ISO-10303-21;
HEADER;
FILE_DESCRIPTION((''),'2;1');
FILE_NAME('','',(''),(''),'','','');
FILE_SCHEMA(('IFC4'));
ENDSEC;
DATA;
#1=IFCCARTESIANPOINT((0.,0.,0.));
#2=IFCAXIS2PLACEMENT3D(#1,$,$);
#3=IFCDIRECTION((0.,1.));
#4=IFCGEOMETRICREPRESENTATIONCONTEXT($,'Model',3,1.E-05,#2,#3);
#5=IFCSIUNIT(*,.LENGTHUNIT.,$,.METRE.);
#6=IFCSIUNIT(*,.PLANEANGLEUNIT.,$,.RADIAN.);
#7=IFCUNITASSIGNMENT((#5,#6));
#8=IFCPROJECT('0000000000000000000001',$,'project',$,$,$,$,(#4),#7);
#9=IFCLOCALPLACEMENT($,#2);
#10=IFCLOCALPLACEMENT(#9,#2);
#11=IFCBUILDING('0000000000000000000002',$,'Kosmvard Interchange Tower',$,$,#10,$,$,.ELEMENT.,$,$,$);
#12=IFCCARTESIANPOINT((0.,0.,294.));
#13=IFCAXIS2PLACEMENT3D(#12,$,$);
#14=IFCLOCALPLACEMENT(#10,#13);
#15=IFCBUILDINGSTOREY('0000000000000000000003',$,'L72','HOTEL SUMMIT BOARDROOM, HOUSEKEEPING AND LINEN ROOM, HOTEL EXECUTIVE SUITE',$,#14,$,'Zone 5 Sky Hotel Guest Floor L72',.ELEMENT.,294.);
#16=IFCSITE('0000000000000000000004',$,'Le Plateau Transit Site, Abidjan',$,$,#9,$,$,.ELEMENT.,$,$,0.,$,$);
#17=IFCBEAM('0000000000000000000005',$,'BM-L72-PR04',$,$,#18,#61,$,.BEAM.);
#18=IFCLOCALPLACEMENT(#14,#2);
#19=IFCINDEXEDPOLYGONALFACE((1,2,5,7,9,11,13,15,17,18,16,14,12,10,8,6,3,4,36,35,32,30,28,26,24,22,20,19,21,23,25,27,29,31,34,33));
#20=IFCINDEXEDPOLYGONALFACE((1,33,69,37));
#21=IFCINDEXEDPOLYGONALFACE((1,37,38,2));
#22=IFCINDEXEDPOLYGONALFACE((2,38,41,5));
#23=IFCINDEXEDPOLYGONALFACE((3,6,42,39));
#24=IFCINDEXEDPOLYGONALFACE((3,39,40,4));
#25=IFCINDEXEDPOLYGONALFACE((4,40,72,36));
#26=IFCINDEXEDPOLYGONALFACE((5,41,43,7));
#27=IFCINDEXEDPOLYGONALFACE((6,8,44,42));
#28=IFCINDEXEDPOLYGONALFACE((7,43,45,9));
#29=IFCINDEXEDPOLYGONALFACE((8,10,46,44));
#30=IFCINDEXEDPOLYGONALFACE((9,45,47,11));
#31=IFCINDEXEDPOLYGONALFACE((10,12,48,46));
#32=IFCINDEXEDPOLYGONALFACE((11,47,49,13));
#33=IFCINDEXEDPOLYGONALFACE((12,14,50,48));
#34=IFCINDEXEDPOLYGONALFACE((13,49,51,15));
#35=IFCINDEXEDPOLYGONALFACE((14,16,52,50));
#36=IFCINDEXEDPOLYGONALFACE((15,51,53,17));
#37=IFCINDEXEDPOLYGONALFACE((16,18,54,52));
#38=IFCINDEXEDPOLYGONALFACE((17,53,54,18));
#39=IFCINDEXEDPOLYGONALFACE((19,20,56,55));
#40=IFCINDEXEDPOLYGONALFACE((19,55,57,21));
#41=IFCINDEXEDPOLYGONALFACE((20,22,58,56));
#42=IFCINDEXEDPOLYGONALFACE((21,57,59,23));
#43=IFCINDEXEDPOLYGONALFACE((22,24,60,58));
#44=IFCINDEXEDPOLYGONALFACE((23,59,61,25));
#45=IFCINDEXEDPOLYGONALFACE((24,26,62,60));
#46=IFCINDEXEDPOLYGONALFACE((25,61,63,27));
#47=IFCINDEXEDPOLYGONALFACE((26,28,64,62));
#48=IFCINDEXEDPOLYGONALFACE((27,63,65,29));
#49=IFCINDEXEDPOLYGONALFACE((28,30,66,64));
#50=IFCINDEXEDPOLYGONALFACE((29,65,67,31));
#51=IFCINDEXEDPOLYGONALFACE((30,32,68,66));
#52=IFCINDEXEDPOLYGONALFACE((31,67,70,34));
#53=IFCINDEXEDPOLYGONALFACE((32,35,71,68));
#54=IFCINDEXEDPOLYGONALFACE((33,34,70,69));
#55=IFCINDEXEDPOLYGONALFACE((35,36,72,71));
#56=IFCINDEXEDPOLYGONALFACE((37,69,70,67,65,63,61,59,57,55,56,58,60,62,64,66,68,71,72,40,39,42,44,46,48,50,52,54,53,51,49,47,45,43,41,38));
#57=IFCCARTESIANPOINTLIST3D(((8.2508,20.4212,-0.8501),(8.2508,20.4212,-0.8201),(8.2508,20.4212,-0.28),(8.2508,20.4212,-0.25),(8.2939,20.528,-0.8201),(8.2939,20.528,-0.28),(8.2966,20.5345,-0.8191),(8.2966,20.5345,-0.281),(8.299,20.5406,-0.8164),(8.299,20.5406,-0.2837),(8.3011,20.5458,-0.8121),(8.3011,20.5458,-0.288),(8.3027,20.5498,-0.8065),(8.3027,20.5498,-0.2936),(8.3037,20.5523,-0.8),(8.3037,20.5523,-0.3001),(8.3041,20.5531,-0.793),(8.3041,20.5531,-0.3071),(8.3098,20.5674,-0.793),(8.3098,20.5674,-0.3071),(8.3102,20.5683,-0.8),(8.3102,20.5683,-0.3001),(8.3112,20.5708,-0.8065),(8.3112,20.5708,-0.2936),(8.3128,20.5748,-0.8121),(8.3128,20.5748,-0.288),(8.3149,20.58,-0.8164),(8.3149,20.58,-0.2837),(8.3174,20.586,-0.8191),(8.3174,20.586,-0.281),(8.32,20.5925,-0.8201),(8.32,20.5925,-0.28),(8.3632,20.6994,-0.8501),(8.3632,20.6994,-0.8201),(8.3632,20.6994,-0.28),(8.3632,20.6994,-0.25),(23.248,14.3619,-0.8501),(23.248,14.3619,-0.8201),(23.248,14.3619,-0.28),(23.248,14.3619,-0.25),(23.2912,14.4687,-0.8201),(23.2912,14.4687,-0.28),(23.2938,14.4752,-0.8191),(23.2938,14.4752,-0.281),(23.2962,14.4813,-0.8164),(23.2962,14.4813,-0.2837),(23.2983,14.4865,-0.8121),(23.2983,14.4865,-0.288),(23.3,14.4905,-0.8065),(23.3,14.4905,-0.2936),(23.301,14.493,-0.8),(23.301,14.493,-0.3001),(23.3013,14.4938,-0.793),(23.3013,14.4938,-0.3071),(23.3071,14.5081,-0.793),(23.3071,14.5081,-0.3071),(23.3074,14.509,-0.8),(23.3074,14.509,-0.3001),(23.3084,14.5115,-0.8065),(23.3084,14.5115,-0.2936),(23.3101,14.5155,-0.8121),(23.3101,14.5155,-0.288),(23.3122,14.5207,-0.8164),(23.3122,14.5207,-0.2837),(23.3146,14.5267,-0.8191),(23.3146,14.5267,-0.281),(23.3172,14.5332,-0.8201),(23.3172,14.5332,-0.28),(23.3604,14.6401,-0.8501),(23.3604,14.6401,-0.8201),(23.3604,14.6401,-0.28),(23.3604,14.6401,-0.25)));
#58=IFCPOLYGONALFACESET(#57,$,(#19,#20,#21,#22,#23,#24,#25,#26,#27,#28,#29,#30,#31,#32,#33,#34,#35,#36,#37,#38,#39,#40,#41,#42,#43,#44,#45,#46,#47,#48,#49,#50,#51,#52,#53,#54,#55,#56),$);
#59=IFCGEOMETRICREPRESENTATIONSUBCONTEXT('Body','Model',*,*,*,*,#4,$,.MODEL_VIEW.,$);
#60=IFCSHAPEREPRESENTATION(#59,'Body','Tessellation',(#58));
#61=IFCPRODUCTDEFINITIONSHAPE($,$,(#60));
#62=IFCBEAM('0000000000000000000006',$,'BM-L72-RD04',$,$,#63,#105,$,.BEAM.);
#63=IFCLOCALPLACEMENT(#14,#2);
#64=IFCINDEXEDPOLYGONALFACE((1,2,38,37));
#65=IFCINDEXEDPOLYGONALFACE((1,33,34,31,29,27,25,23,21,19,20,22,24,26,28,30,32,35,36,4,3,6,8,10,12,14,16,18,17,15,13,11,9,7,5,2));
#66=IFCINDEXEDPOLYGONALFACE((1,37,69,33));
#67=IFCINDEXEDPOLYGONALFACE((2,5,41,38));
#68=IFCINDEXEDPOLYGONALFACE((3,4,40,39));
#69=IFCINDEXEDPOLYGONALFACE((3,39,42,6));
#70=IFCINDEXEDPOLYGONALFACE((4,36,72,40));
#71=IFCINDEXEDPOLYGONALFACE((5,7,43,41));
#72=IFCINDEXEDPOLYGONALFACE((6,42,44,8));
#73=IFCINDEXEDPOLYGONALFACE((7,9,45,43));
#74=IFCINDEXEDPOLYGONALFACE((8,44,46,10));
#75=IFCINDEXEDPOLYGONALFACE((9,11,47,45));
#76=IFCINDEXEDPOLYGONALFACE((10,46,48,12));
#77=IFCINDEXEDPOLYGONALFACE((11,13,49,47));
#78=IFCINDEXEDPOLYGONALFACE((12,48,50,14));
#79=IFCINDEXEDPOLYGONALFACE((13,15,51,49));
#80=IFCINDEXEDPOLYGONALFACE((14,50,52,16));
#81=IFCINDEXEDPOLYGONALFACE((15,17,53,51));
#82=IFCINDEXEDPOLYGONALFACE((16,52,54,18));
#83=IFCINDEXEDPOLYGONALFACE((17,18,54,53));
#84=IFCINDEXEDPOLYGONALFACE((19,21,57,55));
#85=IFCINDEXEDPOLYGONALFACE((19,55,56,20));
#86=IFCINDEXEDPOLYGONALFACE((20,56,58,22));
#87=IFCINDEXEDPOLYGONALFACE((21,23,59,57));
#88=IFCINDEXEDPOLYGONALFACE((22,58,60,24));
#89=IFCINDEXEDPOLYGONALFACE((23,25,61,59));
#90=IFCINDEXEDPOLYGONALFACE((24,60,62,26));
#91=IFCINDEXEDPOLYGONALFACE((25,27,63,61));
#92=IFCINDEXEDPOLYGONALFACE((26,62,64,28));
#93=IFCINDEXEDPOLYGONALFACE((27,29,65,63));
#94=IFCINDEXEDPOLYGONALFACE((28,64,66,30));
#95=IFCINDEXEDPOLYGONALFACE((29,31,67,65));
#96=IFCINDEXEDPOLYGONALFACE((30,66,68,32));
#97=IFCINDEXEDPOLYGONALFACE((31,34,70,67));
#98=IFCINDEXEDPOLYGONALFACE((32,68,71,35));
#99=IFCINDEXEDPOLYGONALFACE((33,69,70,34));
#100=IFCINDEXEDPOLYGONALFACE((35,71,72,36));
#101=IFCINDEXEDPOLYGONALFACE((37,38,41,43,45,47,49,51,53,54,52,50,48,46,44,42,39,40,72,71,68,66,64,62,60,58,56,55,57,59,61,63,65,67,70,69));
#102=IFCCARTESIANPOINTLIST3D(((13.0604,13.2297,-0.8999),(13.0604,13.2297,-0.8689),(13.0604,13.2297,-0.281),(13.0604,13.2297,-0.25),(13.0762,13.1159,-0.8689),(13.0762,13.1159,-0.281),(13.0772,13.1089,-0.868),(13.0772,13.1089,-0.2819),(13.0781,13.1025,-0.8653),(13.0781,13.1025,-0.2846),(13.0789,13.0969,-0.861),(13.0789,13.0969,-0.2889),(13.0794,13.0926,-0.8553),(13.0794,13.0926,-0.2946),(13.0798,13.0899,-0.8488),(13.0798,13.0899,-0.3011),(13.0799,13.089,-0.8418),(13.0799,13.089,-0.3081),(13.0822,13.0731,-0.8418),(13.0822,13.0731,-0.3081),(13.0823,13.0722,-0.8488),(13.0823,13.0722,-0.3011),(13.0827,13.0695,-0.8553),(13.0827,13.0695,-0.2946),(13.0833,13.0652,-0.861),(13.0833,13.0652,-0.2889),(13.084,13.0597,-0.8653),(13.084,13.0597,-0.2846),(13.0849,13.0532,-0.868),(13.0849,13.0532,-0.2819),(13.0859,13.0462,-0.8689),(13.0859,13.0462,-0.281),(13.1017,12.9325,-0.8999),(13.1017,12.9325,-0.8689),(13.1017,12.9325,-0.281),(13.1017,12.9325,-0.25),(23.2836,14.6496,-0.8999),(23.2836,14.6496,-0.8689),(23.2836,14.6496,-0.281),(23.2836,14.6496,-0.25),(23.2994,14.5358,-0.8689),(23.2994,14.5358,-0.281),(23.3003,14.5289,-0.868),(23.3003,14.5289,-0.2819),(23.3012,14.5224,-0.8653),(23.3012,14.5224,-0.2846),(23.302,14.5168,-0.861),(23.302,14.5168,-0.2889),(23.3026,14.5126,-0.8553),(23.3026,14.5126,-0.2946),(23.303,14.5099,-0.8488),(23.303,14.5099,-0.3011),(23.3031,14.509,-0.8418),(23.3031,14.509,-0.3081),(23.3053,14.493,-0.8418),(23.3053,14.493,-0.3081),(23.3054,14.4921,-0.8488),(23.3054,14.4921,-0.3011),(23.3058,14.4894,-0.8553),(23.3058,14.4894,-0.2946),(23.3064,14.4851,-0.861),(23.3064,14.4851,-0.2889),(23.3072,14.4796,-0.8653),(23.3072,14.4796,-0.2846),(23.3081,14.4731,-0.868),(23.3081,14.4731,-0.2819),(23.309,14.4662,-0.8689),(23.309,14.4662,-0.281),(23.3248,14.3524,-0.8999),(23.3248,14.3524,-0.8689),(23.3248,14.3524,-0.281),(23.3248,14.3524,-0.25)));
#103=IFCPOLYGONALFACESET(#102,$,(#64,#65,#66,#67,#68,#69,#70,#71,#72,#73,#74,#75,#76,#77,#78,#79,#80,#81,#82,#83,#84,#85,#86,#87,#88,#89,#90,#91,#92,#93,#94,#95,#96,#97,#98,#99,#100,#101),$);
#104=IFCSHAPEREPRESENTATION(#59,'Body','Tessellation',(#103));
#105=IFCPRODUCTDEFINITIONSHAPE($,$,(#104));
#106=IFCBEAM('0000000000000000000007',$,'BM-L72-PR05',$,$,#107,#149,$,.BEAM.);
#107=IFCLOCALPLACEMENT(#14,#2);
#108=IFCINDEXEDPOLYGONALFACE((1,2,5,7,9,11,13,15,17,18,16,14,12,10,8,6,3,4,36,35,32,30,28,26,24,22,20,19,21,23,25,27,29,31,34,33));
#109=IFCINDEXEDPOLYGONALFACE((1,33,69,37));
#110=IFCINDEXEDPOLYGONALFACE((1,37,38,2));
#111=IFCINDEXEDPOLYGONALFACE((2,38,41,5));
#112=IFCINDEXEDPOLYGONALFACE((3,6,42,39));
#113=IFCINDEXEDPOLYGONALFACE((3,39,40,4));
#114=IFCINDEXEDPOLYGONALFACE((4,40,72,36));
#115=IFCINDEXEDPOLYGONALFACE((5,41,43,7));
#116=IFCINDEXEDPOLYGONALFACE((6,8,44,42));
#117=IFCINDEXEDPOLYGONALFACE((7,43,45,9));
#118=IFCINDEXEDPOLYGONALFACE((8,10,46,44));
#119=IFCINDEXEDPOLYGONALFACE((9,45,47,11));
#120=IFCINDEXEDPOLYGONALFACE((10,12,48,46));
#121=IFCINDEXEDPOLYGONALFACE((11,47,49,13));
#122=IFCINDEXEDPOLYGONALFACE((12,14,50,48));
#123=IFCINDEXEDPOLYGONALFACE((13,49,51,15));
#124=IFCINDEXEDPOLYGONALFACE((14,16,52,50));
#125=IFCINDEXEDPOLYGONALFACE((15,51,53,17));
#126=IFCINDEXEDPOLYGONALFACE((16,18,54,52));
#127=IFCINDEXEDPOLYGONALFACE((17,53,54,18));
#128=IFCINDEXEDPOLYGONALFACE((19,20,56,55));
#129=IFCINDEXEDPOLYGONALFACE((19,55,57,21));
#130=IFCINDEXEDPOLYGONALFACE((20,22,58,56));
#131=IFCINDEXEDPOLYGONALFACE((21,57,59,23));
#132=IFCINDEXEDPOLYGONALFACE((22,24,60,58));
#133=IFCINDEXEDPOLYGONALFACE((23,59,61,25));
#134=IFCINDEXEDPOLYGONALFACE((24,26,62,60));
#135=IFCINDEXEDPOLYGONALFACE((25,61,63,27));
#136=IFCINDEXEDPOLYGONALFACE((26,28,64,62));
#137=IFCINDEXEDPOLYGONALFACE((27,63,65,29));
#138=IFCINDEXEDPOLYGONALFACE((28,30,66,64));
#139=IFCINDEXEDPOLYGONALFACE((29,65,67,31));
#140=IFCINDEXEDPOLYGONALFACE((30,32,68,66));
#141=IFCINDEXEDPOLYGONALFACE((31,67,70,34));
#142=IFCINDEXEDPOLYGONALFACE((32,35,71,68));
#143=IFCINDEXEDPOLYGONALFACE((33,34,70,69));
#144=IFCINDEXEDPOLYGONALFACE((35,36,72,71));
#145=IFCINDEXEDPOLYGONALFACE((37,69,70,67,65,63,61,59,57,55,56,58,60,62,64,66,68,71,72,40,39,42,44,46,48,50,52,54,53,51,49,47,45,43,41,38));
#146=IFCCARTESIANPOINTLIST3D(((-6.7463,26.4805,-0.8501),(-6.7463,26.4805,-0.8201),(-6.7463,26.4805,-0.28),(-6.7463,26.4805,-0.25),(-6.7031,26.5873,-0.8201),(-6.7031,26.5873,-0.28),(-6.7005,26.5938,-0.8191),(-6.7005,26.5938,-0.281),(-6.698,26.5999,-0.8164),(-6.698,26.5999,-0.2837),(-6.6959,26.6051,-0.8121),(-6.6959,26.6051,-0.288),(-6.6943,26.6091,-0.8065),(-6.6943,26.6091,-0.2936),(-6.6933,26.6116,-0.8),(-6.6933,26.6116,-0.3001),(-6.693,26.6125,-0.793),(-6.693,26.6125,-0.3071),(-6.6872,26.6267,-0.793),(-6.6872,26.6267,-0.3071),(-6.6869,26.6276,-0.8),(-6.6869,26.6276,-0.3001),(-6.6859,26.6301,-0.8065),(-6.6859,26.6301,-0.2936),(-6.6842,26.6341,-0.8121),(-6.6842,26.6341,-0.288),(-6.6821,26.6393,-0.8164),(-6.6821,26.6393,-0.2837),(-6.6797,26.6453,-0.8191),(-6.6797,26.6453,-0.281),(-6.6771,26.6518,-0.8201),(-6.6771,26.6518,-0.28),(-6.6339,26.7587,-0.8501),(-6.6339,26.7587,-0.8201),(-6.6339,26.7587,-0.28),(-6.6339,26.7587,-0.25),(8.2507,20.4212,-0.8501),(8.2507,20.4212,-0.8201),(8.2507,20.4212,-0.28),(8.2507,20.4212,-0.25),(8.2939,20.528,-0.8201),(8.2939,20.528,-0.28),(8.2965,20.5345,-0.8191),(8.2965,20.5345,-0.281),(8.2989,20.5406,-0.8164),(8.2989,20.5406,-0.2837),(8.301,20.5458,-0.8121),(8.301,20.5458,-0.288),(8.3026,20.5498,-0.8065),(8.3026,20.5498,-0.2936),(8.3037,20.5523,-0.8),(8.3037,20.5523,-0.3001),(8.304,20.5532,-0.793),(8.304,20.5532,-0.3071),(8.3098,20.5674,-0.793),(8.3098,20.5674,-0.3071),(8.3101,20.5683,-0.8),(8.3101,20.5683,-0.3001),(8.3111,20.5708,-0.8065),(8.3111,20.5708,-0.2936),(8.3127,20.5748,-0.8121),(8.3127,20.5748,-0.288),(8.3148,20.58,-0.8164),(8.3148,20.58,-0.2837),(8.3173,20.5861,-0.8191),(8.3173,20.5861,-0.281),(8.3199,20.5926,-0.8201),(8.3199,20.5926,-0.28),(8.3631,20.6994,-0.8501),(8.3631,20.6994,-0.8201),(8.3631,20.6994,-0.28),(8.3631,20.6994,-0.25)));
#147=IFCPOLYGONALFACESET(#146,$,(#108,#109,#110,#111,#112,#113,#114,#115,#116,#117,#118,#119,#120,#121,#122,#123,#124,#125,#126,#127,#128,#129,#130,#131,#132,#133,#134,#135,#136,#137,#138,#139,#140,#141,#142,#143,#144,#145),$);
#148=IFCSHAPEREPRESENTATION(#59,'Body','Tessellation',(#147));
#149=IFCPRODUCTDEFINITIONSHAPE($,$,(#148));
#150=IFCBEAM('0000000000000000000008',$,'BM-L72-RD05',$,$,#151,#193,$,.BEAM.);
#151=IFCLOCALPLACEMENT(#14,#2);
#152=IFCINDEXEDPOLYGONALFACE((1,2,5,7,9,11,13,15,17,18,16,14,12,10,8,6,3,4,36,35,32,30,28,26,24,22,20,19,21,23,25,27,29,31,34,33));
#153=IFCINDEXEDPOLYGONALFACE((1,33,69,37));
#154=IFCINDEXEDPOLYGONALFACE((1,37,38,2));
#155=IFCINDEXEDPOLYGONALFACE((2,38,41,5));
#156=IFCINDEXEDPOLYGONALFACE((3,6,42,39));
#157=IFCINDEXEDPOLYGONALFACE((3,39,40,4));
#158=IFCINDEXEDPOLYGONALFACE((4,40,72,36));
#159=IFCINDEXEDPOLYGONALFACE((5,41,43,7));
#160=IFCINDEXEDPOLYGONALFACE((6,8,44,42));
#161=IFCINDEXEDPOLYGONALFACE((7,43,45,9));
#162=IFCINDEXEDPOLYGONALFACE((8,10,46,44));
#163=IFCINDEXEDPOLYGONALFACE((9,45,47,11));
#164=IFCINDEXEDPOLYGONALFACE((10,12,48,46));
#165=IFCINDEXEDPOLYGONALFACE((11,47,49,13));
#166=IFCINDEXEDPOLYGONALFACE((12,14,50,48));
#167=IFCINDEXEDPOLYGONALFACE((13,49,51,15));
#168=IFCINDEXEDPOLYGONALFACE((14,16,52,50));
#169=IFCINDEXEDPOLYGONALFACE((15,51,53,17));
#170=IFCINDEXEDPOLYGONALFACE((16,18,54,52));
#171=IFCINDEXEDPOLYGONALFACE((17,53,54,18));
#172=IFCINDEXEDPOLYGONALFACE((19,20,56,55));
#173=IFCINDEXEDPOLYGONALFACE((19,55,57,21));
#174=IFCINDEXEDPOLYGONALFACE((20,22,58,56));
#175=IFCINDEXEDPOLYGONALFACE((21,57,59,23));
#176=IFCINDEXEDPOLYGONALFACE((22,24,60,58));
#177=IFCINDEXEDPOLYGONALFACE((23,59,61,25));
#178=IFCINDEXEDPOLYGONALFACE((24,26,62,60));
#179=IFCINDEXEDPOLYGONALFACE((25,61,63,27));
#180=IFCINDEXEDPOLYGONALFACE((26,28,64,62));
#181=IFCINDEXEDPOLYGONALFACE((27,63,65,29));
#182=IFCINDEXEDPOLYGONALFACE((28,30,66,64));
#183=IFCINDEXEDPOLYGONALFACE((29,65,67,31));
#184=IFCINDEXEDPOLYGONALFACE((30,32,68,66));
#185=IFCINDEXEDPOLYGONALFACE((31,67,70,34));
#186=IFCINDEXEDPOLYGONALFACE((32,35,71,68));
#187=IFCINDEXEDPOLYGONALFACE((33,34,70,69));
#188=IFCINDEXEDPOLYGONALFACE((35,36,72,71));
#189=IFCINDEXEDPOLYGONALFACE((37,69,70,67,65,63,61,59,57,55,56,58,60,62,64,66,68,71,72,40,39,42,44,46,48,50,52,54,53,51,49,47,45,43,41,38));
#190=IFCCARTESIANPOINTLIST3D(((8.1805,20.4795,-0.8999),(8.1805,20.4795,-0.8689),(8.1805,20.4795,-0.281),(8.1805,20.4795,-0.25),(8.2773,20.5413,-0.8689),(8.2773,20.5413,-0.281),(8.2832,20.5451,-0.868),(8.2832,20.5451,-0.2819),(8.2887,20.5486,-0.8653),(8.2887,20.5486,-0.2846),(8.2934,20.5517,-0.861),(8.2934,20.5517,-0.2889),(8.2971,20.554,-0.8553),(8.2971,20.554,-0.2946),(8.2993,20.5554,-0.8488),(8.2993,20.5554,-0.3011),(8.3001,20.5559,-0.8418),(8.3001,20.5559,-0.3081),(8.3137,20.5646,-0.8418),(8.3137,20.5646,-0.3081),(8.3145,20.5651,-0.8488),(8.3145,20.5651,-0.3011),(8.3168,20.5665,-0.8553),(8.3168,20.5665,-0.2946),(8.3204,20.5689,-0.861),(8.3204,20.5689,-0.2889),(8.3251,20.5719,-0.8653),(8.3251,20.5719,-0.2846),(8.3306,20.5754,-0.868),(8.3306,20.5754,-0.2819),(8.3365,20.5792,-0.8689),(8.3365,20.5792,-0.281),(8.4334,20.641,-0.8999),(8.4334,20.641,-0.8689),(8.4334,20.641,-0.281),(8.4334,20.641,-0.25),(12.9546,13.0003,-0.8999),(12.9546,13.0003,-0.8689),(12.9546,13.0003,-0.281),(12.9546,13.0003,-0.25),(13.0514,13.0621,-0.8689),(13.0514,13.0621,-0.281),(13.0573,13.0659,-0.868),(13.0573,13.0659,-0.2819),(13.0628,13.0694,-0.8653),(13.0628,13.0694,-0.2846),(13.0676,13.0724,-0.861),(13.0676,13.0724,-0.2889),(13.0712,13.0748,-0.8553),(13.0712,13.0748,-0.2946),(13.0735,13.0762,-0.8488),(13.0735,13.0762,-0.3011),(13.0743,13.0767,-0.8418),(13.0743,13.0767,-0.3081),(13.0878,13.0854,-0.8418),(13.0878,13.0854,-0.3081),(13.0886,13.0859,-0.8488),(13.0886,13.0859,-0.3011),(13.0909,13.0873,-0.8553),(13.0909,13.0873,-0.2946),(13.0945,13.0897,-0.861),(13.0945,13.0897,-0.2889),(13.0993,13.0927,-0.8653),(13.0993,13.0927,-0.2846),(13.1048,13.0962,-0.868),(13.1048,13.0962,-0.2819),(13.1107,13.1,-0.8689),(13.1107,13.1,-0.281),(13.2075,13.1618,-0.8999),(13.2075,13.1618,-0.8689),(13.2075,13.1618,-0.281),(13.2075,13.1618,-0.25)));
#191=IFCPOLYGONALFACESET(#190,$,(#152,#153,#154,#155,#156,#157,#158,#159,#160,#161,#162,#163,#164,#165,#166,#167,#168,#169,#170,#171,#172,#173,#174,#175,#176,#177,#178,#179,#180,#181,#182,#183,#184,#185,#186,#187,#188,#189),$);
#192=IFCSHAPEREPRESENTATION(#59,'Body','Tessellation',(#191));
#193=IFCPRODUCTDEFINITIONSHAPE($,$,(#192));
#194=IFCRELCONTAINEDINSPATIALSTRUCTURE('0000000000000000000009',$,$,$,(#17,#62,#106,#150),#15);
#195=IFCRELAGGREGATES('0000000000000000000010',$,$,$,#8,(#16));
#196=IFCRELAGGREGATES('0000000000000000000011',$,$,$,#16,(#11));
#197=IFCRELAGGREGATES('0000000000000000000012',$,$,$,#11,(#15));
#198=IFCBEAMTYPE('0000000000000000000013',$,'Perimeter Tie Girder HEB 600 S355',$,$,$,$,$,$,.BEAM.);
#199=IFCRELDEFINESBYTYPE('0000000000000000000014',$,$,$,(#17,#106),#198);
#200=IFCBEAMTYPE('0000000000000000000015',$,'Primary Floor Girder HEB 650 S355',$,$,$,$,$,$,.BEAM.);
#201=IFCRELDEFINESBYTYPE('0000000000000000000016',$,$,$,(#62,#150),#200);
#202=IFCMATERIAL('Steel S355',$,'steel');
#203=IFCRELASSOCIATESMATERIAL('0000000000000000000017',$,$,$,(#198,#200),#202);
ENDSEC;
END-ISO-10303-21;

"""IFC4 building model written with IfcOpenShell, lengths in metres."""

from ifc_helpers import new_model, si_unit, direction, frame, origin, origin_2d, place, context, subcontext, project, spatial, i_section, extrude, source, transform, mapped, material, material_profile, profile_set, type_object, element, save


model = new_model("IFC4")

# Units and contexts
model_context = context("Model", 3, precision=1e-05, world=origin(), true_north=direction((0.0, 1.0)))
body_context = subcontext(model_context, "Body", "Model", "MODEL_VIEW")
ifc_project = project(units=[si_unit("LENGTHUNIT", "METRE"), si_unit("PLANEANGLEUNIT", "RADIAN")], contexts=[model_context])

# Site, building, storey
site_placement = place(None, origin())
site = spatial("IfcSite", under=ifc_project, at=site_placement, Name="Le Plateau Transit Site, Abidjan", CompositionType="ELEMENT", RefElevation=0.0)
building_placement = place(site_placement, origin())
building = spatial("IfcBuilding", under=site, at=building_placement, Name="Kosmvard Interchange Tower", CompositionType="ELEMENT")
storey_placement = place(building_placement, frame((0.0, 0.0, 294.0)))
storey = spatial("IfcBuildingStorey", under=building, at=storey_placement, Name="L72", Description="HOTEL SUMMIT BOARDROOM, HOUSEKEEPING AND LINEN ROOM, HOTEL EXECUTIVE SUITE", LongName="Zone 5 Sky Hotel Guest Floor L72", CompositionType="ELEMENT", Elevation=294.0)

# Beams
ifc_material_1 = material(Name="Steel S355", Category="steel")
ifc_material_profile_1 = material_profile(ifc_material_1, i_section(OverallWidth=0.3, OverallDepth=0.6001, WebThickness=0.0154, FlangeThickness=0.03, FilletRadius=0.0271, at=origin_2d()), Name="HEB 600")
ifc_profile_set_1 = profile_set([ifc_material_profile_1], Name="Steel S355")
beam_type_1 = type_object("IfcBeamType", Name="Perimeter Tie Girder HEB 600 S355", PredefinedType="BEAM", material=ifc_profile_set_1)
shared_shape_1 = source(origin(), body_context, "Body", "SweptSolid", [
    extrude(i_section(OverallWidth=0.3, OverallDepth=0.6001, WebThickness=0.0154, FlangeThickness=0.03, FilletRadius=0.0271, at=origin_2d()), origin(), (0.0, 0.0, 1.0), 16.175),
])
beam_1_placement = place(storey_placement, frame((23.3042, 14.501, -0.55), z_axis=(-0.927183, 0.374608, 0.0), x_axis=(-0.374608, -0.927183, 0.0)))
element("IfcBeam", 1, at=beam_1_placement, inside=storey, type_object=beam_type_1, Name="BM-L72-PR04", PredefinedType="BEAM", context=body_context, shape_type="MappedRepresentation", body=[
    mapped(shared_shape_1, transform((0.0, 0.0, 0.0), scale=1.0)),
])
ifc_material_profile_2 = material_profile(ifc_material_1, i_section(OverallWidth=0.3, OverallDepth=0.6499, WebThickness=0.0161, FlangeThickness=0.031, FilletRadius=0.0271, at=origin_2d()), Name="HEB 650")
ifc_profile_set_2 = profile_set([ifc_material_profile_2], Name="Steel S355")
beam_type_2 = type_object("IfcBeamType", Name="Primary Floor Girder HEB 650 S355", PredefinedType="BEAM", material=ifc_profile_set_2)
shared_shape_2 = source(origin(), body_context, "Body", "SweptSolid", [
    extrude(i_section(OverallWidth=0.3, OverallDepth=0.6499, WebThickness=0.0161, FlangeThickness=0.031, FilletRadius=0.0271, at=origin_2d()), origin(), (0.0, 0.0, 1.0), 10.3213),
])
beam_2_placement = place(storey_placement, frame((13.0811, 13.0811, -0.575), z_axis=(0.990492, 0.137572, 0.0), x_axis=(-0.137572, 0.990492, 0.0)))
element("IfcBeam", 2, at=beam_2_placement, inside=storey, type_object=beam_type_2, Name="BM-L72-RD04", PredefinedType="BEAM", context=body_context, shape_type="MappedRepresentation", body=[
    mapped(shared_shape_2, transform((0.0, 0.0, 0.0), scale=1.0)),
])
shared_shape_3 = source(origin(), body_context, "Body", "SweptSolid", [
    extrude(i_section(OverallWidth=0.3, OverallDepth=0.6001, WebThickness=0.0154, FlangeThickness=0.03, FilletRadius=0.0271, at=origin_2d()), origin(), (0.0, 0.0, 1.0), 16.1748),
])
beam_3_placement = place(storey_placement, frame((8.3069, 20.5603, -0.55), z_axis=(-0.927181, 0.374613, 0.0), x_axis=(-0.374613, -0.927181, 0.0)))
element("IfcBeam", 3, at=beam_3_placement, inside=storey, type_object=beam_type_1, Name="BM-L72-PR05", PredefinedType="BEAM", context=body_context, shape_type="MappedRepresentation", body=[
    mapped(shared_shape_3, transform((0.0, 0.0, 0.0), scale=1.0)),
])
shared_shape_4 = source(origin(), body_context, "Body", "SweptSolid", [
    extrude(i_section(OverallWidth=0.3, OverallDepth=0.6499, WebThickness=0.0161, FlangeThickness=0.031, FilletRadius=0.0271, at=origin_2d()), origin(), (0.0, 0.0, 1.0), 8.873),
])
beam_4_placement = place(storey_placement, frame((13.0811, 13.0811, -0.575), z_axis=(-0.53805, 0.842913, 0.0), x_axis=(-0.842913, -0.53805, 0.0)))
element("IfcBeam", 4, at=beam_4_placement, inside=storey, type_object=beam_type_2, Name="BM-L72-RD05", PredefinedType="BEAM", context=body_context, shape_type="MappedRepresentation", body=[
    mapped(shared_shape_4, transform((0.0, 0.0, 0.0), scale=1.0)),
])

save(model, "model.ifc")
